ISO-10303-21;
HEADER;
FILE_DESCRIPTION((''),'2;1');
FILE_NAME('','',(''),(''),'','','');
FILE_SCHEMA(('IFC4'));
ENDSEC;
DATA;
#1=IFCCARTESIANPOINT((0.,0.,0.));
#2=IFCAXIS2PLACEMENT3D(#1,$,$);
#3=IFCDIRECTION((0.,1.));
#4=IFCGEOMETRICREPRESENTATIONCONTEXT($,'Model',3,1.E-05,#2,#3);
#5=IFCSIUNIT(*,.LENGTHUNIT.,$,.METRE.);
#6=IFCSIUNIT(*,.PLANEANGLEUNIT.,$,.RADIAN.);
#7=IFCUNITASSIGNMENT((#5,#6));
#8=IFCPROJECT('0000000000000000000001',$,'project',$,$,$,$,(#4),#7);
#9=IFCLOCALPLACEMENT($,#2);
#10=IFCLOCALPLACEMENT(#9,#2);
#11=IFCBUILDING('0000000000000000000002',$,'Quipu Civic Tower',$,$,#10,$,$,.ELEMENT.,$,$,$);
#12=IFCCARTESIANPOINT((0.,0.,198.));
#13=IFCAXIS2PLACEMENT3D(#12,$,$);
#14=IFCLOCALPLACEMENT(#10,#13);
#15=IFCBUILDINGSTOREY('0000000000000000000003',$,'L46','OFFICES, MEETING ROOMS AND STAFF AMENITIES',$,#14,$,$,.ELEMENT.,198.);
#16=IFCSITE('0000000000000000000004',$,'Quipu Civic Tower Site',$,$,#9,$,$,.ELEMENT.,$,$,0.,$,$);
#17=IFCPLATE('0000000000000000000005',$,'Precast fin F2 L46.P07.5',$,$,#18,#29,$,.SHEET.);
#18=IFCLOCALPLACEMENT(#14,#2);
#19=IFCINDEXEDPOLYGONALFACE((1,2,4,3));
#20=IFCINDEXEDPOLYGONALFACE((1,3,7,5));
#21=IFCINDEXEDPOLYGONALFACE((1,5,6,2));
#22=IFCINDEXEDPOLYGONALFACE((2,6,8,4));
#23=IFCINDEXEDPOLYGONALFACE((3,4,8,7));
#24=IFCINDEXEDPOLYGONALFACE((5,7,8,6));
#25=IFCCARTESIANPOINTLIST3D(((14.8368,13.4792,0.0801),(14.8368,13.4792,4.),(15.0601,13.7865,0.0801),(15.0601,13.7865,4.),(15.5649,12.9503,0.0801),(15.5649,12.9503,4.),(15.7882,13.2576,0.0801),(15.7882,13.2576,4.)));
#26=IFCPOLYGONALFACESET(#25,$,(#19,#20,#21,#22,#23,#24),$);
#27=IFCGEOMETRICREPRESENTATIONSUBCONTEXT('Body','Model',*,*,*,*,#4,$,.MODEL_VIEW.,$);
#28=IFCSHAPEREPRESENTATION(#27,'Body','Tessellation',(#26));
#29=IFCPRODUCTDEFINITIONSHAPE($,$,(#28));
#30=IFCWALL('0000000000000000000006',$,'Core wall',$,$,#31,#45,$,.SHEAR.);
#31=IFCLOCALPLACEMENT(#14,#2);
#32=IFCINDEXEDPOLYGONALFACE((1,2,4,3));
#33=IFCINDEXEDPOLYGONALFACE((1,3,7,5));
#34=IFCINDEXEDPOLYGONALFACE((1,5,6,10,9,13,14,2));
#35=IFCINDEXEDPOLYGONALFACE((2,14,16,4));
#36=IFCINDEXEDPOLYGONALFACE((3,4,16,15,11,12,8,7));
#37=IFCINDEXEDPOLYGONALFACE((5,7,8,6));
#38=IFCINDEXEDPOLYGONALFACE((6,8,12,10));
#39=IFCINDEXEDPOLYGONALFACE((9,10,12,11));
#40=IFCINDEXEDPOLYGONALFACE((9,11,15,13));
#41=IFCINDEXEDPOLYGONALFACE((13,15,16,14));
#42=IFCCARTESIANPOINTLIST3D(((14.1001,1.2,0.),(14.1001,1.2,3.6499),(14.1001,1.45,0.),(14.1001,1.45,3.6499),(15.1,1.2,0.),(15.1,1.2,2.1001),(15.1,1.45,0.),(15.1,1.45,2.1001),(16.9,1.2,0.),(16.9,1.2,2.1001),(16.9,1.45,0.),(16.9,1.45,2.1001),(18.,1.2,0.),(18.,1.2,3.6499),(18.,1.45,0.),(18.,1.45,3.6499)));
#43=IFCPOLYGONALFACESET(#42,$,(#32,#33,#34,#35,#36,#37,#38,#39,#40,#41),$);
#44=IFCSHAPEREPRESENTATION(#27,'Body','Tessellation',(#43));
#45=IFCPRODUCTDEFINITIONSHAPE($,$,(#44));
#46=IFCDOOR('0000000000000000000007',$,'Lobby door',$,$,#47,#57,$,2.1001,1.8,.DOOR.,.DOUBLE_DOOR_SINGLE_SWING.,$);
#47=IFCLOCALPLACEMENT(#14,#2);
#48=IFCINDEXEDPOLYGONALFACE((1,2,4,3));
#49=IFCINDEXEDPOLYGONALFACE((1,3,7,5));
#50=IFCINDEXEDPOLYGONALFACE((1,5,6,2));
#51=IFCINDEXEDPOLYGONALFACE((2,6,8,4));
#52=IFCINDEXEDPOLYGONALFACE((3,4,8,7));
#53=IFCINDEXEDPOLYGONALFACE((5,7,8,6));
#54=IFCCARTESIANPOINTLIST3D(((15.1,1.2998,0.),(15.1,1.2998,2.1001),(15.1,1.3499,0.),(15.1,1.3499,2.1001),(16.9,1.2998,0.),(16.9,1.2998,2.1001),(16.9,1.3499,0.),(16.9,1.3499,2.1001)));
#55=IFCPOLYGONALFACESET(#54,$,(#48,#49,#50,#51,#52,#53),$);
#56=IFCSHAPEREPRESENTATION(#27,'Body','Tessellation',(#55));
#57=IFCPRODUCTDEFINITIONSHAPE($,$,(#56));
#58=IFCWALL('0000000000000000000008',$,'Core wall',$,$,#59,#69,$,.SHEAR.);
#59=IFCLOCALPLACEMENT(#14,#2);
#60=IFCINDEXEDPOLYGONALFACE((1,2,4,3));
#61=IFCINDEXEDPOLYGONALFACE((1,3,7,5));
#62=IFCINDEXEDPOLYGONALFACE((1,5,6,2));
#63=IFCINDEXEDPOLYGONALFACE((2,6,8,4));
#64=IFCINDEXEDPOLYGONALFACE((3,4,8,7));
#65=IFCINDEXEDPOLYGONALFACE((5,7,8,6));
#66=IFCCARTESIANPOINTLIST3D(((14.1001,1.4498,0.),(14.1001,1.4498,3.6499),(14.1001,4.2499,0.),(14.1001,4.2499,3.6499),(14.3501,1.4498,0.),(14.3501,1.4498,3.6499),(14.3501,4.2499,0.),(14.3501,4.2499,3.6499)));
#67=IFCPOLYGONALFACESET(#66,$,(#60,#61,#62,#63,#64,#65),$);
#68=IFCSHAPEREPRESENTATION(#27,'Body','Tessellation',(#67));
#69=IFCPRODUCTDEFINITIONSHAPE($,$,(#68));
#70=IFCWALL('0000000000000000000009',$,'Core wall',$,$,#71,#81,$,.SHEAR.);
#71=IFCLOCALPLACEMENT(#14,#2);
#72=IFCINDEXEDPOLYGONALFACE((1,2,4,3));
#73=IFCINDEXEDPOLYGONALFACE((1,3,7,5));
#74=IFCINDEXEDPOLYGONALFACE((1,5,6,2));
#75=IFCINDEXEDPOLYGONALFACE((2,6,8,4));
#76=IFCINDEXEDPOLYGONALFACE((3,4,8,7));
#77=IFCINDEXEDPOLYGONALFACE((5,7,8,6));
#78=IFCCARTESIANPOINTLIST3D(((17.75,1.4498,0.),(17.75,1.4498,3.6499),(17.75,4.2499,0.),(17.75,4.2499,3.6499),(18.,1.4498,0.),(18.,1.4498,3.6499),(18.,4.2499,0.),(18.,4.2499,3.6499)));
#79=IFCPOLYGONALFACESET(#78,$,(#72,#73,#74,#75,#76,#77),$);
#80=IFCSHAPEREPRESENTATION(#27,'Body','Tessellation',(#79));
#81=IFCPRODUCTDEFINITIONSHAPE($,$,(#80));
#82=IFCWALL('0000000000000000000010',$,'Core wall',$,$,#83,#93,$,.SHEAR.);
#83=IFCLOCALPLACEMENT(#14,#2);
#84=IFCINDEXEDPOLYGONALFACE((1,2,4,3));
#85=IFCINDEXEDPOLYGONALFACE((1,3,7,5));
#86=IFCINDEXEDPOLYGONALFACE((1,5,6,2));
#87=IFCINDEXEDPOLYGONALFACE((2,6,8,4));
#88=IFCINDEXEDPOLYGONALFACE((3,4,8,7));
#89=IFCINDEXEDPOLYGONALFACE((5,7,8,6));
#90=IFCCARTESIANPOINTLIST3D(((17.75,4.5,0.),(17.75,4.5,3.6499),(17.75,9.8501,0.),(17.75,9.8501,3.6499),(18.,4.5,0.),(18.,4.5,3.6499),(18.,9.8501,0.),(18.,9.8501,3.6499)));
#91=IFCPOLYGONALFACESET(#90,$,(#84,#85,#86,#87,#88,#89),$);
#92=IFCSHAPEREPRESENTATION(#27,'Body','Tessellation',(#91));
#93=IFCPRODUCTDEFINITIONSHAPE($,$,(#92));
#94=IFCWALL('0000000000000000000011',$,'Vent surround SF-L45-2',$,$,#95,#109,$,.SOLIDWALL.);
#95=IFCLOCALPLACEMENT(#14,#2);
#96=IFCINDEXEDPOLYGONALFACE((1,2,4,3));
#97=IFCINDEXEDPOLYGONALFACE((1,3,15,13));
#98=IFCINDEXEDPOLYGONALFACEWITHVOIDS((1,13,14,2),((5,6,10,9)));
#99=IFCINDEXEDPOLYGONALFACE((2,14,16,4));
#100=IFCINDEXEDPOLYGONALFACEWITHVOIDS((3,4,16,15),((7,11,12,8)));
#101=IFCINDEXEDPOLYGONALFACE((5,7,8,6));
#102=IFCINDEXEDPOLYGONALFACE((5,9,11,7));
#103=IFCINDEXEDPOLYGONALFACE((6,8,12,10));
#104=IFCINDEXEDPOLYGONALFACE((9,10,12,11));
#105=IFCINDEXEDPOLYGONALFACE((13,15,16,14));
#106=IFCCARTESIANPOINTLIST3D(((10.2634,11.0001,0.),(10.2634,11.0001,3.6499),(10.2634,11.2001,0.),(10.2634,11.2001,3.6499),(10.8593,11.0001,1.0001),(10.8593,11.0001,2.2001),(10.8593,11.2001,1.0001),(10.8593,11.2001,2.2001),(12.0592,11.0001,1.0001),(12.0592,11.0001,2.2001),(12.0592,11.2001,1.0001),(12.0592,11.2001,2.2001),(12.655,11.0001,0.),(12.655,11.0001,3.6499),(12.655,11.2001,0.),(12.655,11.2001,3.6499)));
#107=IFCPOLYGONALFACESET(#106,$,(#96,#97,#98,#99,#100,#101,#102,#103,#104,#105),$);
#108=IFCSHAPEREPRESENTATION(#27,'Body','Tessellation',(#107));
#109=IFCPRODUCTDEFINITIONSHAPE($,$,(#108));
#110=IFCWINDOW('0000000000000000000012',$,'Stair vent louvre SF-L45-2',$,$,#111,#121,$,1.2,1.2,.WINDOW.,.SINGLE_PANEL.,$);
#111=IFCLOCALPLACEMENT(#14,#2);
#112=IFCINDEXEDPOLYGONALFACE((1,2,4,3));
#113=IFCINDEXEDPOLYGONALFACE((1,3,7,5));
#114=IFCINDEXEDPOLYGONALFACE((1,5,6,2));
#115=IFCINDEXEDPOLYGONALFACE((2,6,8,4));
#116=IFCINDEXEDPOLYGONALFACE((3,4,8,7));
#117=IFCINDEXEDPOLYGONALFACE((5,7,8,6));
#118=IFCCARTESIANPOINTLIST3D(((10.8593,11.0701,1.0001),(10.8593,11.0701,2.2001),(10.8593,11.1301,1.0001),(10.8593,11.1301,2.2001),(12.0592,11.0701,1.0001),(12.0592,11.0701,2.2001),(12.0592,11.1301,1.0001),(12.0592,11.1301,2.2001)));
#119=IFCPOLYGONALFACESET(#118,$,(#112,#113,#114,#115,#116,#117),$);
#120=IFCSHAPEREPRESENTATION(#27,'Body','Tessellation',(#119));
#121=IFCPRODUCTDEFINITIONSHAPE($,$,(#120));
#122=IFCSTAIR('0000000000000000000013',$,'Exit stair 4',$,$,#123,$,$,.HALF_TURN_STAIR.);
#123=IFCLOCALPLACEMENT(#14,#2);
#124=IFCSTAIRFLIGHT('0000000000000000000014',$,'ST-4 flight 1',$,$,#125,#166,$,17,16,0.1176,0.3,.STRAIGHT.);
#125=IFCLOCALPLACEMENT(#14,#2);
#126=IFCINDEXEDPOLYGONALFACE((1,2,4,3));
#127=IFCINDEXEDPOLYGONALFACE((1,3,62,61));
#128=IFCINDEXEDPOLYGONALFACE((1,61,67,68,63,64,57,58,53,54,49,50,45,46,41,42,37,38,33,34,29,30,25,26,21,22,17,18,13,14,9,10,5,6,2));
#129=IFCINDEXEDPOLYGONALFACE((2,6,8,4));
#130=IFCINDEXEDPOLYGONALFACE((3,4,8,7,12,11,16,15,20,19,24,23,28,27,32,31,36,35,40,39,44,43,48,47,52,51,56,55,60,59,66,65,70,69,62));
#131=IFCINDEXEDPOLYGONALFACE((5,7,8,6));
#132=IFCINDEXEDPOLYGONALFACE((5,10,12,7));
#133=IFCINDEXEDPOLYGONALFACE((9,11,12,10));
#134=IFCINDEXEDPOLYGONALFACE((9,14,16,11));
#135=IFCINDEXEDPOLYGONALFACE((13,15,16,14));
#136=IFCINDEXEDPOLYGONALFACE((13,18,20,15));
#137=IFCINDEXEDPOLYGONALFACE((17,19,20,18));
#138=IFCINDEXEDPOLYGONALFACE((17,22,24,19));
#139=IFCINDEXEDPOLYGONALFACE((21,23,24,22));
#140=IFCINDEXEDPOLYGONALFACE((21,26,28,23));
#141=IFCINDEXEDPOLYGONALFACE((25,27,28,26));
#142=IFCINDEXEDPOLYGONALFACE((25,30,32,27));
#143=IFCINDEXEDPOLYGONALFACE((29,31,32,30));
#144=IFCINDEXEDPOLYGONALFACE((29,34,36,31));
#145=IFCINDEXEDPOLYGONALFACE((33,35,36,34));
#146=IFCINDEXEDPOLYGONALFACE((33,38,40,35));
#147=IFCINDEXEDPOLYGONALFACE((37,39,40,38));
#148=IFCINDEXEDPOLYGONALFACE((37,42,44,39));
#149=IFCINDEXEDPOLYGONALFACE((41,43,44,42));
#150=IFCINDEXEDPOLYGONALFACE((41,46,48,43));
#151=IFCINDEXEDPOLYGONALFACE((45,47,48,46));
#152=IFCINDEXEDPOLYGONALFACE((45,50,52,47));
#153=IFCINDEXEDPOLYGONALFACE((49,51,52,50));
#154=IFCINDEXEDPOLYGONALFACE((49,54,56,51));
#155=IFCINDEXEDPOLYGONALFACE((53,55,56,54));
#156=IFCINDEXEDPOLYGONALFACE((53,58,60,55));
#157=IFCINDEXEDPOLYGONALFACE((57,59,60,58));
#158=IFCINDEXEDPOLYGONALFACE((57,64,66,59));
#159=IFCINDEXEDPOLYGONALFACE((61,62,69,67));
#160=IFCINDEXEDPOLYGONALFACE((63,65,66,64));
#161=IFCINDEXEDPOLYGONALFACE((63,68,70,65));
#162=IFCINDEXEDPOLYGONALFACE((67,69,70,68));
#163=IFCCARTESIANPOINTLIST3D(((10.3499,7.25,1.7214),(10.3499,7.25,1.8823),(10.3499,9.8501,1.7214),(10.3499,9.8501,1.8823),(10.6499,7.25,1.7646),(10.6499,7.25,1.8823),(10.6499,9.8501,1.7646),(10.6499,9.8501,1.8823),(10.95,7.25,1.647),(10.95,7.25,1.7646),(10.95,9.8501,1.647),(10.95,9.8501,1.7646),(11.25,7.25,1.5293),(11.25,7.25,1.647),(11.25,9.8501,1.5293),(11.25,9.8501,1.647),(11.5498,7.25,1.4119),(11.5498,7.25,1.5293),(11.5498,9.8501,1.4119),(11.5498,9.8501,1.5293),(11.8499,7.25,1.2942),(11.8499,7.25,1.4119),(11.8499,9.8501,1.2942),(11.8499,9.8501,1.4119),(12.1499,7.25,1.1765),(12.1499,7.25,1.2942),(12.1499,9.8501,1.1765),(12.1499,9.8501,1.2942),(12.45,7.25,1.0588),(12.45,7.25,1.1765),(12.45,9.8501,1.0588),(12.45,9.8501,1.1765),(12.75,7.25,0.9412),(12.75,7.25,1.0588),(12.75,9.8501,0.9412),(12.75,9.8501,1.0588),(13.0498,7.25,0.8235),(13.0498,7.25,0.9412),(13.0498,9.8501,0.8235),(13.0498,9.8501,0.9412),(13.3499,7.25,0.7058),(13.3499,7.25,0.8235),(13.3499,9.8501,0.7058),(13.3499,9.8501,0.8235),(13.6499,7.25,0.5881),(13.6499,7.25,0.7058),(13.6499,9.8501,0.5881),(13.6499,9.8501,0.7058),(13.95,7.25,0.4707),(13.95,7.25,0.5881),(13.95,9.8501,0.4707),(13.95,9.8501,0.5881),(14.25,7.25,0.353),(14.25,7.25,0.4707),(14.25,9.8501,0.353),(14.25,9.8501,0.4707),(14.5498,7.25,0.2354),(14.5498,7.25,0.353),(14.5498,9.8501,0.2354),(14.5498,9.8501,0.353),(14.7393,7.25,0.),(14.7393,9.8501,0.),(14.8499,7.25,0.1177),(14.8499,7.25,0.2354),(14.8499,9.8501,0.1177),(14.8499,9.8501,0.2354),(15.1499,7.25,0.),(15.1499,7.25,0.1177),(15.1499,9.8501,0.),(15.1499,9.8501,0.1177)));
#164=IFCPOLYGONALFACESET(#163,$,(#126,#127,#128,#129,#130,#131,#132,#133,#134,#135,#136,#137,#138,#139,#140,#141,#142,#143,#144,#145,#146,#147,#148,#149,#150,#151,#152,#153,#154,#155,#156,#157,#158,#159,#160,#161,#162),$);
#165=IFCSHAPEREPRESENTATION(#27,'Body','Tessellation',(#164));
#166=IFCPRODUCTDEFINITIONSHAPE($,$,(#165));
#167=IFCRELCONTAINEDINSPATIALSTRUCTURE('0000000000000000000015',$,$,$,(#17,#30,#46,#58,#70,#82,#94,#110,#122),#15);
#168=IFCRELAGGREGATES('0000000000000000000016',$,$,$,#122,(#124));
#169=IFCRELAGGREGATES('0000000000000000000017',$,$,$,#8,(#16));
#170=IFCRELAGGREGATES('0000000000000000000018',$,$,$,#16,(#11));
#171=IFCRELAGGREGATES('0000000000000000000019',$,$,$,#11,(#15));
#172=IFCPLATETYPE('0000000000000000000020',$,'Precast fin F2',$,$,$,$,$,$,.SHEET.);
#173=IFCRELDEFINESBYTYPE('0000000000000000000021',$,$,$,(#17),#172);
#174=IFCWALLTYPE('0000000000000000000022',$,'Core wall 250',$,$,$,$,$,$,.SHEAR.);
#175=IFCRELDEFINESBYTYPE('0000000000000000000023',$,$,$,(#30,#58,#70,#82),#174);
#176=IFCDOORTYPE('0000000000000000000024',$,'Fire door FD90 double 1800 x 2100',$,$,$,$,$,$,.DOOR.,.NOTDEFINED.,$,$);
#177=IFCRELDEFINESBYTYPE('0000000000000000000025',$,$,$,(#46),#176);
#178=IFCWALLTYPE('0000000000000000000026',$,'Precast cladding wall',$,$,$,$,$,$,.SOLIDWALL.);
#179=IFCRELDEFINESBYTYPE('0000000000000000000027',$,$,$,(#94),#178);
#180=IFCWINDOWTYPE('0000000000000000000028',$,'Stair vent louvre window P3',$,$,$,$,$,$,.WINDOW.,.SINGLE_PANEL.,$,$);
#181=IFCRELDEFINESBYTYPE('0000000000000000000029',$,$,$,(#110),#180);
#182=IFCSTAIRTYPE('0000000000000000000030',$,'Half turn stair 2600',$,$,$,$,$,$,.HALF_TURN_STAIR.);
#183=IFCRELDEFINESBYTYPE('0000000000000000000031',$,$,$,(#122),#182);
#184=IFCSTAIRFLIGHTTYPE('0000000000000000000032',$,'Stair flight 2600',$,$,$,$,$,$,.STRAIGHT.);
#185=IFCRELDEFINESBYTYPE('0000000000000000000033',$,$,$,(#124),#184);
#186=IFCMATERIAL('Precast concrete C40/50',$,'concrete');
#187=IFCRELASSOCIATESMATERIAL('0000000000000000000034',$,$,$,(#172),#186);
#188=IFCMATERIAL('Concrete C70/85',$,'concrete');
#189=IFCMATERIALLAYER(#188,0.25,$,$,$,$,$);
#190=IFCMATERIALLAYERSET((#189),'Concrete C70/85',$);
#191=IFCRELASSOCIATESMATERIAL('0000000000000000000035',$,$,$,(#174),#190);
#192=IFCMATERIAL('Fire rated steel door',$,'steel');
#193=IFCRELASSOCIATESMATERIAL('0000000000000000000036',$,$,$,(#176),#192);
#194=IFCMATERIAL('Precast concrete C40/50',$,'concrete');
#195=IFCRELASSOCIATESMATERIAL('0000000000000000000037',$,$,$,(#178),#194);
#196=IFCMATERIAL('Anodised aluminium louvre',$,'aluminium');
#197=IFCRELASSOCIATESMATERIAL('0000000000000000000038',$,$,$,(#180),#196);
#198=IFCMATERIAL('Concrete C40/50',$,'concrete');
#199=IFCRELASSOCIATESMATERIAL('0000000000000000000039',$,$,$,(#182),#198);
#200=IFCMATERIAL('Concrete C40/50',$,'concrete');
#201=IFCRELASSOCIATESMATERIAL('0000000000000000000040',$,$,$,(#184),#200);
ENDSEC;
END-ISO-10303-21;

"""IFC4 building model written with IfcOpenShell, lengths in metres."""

from ifc_helpers import new_model, si_unit, direction, frame, frame_2d, origin, origin_2d, place, context, subcontext, project, spatial, polyline, rectangle, outline, extrude, material, layer, layer_set, type_object, element, fill, aggregate, save


model = new_model("IFC4")

# Units and contexts
model_context = context("Model", 3, precision=1e-05, world=origin(), true_north=direction((0.0, 1.0)))
body_context = subcontext(model_context, "Body", "Model", "MODEL_VIEW")
ifc_project = project(units=[si_unit("LENGTHUNIT", "METRE"), si_unit("PLANEANGLEUNIT", "RADIAN")], contexts=[model_context])

# Site, building, storey
site_placement = place(None, origin())
site = spatial("IfcSite", under=ifc_project, at=site_placement, Name="Quipu Civic Tower Site", CompositionType="ELEMENT", RefElevation=0.0)
building_placement = place(site_placement, origin())
building = spatial("IfcBuilding", under=site, at=building_placement, Name="Quipu Civic Tower", CompositionType="ELEMENT")
storey_placement = place(building_placement, frame((0.0, 0.0, 198.0)))
storey = spatial("IfcBuildingStorey", under=building, at=storey_placement, Name="L46", Description="OFFICES, MEETING ROOMS AND STAFF AMENITIES", CompositionType="ELEMENT", Elevation=198.0)

# Plate
ifc_material_1 = material(Name="Precast concrete C40/50", Category="concrete")
plate_type_1 = type_object("IfcPlateType", Name="Precast fin F2", PredefinedType="SHEET", material=ifc_material_1)
for number, where, z_axis, x_axis, name in (
    (1, (15.3125, 13.3684, 0.0801), (0.0, 0.0, 1.0), (-0.587784, -0.809018, 0.0), "Precast fin F2 L46.P07.5"),
):
    element("IfcPlate", number, at=place(storey_placement, frame(where, z_axis=z_axis, x_axis=x_axis)), inside=storey, type_object=plate_type_1, Name=name, PredefinedType="SHEET", context=body_context, shape_type="SweptSolid", body=[
        extrude(rectangle(XDim=0.3799, YDim=0.8999, at=origin_2d()), origin(), (0.0, 0.0, 1.0), 3.9199),
    ])

# Wall, opening, door
ifc_material_2 = material(Name="Concrete C70/85", Category="concrete")
ifc_layer_1 = layer(ifc_material_2, 0.25)
ifc_layer_set_1 = layer_set([ifc_layer_1], Name="Concrete C70/85")
wall_type_1 = type_object("IfcWallType", Name="Core wall 250", PredefinedType="SHEAR", material=ifc_layer_set_1)
wall_1_placement = place(storey_placement, frame((14.1001, 1.325, 0.0), z_axis=(0.0, 0.0, 1.0), x_axis=(1.0, 0.0, 0.0)))
wall_1 = element("IfcWall", 2, at=wall_1_placement, inside=storey, type_object=wall_type_1, Name="Core wall", PredefinedType="SHEAR", context=body_context, shape_type="SweptSolid", body=[
    extrude(rectangle(XDim=3.8999, YDim=0.25, at=frame_2d((1.95, 0.0))), origin(), (0.0, 0.0, 1.0), 3.6499),
])
opening_1_placement = place(wall_1_placement, frame((1.0, 0.0, 0.0)))
opening_1 = element("IfcOpeningElement", 3, at=opening_1_placement, cuts=wall_1, PredefinedType="OPENING", context=body_context, shape_type="SweptSolid", body=[
    extrude(rectangle(XDim=1.8, YDim=2.1001, at=frame_2d((0.8999, 1.05))), frame((0.0, 0.135, 0.0), z_axis=(0.0, -1.0, 0.0), x_axis=(1.0, 0.0, 0.0)), (0.0, 0.0, 1.0), 0.27),
])
ifc_material_3 = material(Name="Fire rated steel door", Category="steel")
door_type = type_object("IfcDoorType", Name="Fire door FD90 double 1800 x 2100", OperationType="NOTDEFINED", PredefinedType="DOOR", material=ifc_material_3)
door_placement = place(opening_1_placement, origin())
door = element("IfcDoor", 4, at=door_placement, inside=storey, type_object=door_type, Name="Lobby door", OperationType="DOUBLE_DOOR_SINGLE_SWING", OverallHeight=2.1001, OverallWidth=1.8, PredefinedType="DOOR", context=body_context, shape_type="SweptSolid", body=[
    extrude(rectangle(XDim=1.8, YDim=2.1001, at=frame_2d((0.8999, 1.05))), frame((0.0, 0.0249, 0.0), z_axis=(0.0, -1.0, 0.0), x_axis=(1.0, 0.0, 0.0)), (0.0, 0.0, 1.0), 0.05),
])
fill(opening_1, door)

# Walls
for number, where, z_axis, x_axis, name in (
    (5, (14.2251, 1.45, 0.0), (0.0, 0.0, 1.0), (0.0, 1.0, 0.0), "Core wall"),
    (6, (17.875, 1.45, 0.0), (0.0, 0.0, 1.0), (0.0, 1.0, 0.0), "Core wall"),
):
    element("IfcWall", number, at=place(storey_placement, frame(where, z_axis=z_axis, x_axis=x_axis)), inside=storey, type_object=wall_type_1, Name=name, PredefinedType="SHEAR", context=body_context, shape_type="SweptSolid", body=[
        extrude(rectangle(XDim=2.8, YDim=0.25, at=frame_2d((1.3999, 0.0))), origin(), (0.0, 0.0, 1.0), 3.6499),
    ])
wall_2_placement = place(storey_placement, frame((17.875, 4.5, 0.0), z_axis=(0.0, 0.0, 1.0), x_axis=(0.0, 1.0, 0.0)))
element("IfcWall", 7, at=wall_2_placement, inside=storey, type_object=wall_type_1, Name="Core wall", PredefinedType="SHEAR", context=body_context, shape_type="SweptSolid", body=[
    extrude(rectangle(XDim=5.3501, YDim=0.25, at=frame_2d((2.675, 0.0))), origin(), (0.0, 0.0, 1.0), 3.6499),
])

# Wall, opening, window
ifc_material_4 = material(Name="Precast concrete C40/50", Category="concrete")
wall_type_2 = type_object("IfcWallType", Name="Precast cladding wall", PredefinedType="SOLIDWALL", material=ifc_material_4)
wall_3_placement = place(storey_placement, frame((12.655, 11.1001, 0.0), z_axis=(0.0, 0.0, 1.0), x_axis=(-1.0, 0.0, 0.0)))
wall_3 = element("IfcWall", 8, at=wall_3_placement, inside=storey, type_object=wall_type_2, Name="Vent surround SF-L45-2", PredefinedType="SOLIDWALL", context=body_context, shape_type="SweptSolid", body=[
    extrude(rectangle(XDim=2.3916, YDim=0.2, at=frame_2d((1.1958, 0.0))), origin(), (0.0, 0.0, 1.0), 3.6499),
])
opening_2_placement = place(wall_3_placement, frame((0.5957, 0.0, 1.0)))
opening_2 = element("IfcOpeningElement", 9, at=opening_2_placement, cuts=wall_3, PredefinedType="OPENING", context=body_context, shape_type="SweptSolid", body=[
    extrude(rectangle(XDim=1.2, YDim=1.2, at=frame_2d((0.6001, 0.6001))), frame((0.0, 0.1099, 0.0), z_axis=(0.0, -1.0, 0.0), x_axis=(1.0, 0.0, 0.0)), (0.0, 0.0, 1.0), 0.22),
])
ifc_material_5 = material(Name="Anodised aluminium louvre", Category="aluminium")
window_type = type_object("IfcWindowType", Name="Stair vent louvre window P3", PartitioningType="SINGLE_PANEL", PredefinedType="WINDOW", material=ifc_material_5)
window_placement = place(opening_2_placement, origin())
window = element("IfcWindow", 10, at=window_placement, inside=storey, type_object=window_type, Name="Stair vent louvre SF-L45-2", OverallHeight=1.2, OverallWidth=1.2, PartitioningType="SINGLE_PANEL", PredefinedType="WINDOW", context=body_context, shape_type="SweptSolid", body=[
    extrude(rectangle(XDim=1.2, YDim=1.2, at=frame_2d((0.6001, 0.6001))), frame((0.0, 0.03, 0.0), z_axis=(0.0, -1.0, 0.0), x_axis=(1.0, 0.0, 0.0)), (0.0, 0.0, 1.0), 0.0601),
])
fill(opening_2, window)

# Stair, stair flight
ifc_material_6 = material(Name="Concrete C40/50", Category="concrete")
stair_type = type_object("IfcStairType", Name="Half turn stair 2600", PredefinedType="HALF_TURN_STAIR", material=ifc_material_6)
stair_placement = place(storey_placement, origin())
stair = element("IfcStair", 11, at=stair_placement, inside=storey, type_object=stair_type, Name="Exit stair 4", PredefinedType="HALF_TURN_STAIR")
ifc_material_7 = material(Name="Concrete C40/50", Category="concrete")
stair_flight_type = type_object("IfcStairFlightType", Name="Stair flight 2600", PredefinedType="STRAIGHT", material=ifc_material_7)
stair_flight_1_placement = place(storey_placement, frame((15.1499, 8.55, 0.0), z_axis=(0.0, 0.0, 1.0), x_axis=(-1.0, 0.0, 0.0)))
stair_flight_1 = element("IfcStairFlight", 12, at=stair_flight_1_placement, type_object=stair_flight_type, Name="ST-4 flight 1", NumberOfRisers=17, NumberOfTreads=16, PredefinedType="STRAIGHT", RiserHeight=0.1176, TreadLength=0.3, context=body_context, shape_type="SweptSolid", body=[
    extrude(outline(polyline([(0.0, 0.0), (0.0, 0.1177), (0.3, 0.1177), (0.3, 0.2354), (0.6001, 0.2354), (0.6001, 0.353), (0.8999, 0.353), (0.8999, 0.4707), (1.2, 0.4707), (1.2, 0.5881), (1.5, 0.5881), (1.5, 0.7058), (1.8, 0.7058), (1.8, 0.8235), (2.1001, 0.8235), (2.1001, 0.9412), (2.3999, 0.9412), (2.3999, 1.0588), (2.7, 1.0588), (2.7, 1.1765), (3.0, 1.1765), (3.0, 1.2942), (3.3, 1.2942), (3.3, 1.4119), (3.6001, 1.4119), (3.6001, 1.5293), (3.8999, 1.5293), (3.8999, 1.647), (4.2, 1.647), (4.2, 1.7646), (4.5, 1.7646), (4.5, 1.8823), (4.8, 1.8823), (4.8, 2.0), (4.8, 1.7214), (0.4106, 0.0), (0.0, 0.0)])), frame((0.0, 1.3, 0.0), z_axis=(0.0, -1.0, 0.0), x_axis=(1.0, 0.0, 0.0)), (0.0, 0.0, 1.0), 2.6001),
])
aggregate(stair, [stair_flight_1])

save(model, "model.ifc")
